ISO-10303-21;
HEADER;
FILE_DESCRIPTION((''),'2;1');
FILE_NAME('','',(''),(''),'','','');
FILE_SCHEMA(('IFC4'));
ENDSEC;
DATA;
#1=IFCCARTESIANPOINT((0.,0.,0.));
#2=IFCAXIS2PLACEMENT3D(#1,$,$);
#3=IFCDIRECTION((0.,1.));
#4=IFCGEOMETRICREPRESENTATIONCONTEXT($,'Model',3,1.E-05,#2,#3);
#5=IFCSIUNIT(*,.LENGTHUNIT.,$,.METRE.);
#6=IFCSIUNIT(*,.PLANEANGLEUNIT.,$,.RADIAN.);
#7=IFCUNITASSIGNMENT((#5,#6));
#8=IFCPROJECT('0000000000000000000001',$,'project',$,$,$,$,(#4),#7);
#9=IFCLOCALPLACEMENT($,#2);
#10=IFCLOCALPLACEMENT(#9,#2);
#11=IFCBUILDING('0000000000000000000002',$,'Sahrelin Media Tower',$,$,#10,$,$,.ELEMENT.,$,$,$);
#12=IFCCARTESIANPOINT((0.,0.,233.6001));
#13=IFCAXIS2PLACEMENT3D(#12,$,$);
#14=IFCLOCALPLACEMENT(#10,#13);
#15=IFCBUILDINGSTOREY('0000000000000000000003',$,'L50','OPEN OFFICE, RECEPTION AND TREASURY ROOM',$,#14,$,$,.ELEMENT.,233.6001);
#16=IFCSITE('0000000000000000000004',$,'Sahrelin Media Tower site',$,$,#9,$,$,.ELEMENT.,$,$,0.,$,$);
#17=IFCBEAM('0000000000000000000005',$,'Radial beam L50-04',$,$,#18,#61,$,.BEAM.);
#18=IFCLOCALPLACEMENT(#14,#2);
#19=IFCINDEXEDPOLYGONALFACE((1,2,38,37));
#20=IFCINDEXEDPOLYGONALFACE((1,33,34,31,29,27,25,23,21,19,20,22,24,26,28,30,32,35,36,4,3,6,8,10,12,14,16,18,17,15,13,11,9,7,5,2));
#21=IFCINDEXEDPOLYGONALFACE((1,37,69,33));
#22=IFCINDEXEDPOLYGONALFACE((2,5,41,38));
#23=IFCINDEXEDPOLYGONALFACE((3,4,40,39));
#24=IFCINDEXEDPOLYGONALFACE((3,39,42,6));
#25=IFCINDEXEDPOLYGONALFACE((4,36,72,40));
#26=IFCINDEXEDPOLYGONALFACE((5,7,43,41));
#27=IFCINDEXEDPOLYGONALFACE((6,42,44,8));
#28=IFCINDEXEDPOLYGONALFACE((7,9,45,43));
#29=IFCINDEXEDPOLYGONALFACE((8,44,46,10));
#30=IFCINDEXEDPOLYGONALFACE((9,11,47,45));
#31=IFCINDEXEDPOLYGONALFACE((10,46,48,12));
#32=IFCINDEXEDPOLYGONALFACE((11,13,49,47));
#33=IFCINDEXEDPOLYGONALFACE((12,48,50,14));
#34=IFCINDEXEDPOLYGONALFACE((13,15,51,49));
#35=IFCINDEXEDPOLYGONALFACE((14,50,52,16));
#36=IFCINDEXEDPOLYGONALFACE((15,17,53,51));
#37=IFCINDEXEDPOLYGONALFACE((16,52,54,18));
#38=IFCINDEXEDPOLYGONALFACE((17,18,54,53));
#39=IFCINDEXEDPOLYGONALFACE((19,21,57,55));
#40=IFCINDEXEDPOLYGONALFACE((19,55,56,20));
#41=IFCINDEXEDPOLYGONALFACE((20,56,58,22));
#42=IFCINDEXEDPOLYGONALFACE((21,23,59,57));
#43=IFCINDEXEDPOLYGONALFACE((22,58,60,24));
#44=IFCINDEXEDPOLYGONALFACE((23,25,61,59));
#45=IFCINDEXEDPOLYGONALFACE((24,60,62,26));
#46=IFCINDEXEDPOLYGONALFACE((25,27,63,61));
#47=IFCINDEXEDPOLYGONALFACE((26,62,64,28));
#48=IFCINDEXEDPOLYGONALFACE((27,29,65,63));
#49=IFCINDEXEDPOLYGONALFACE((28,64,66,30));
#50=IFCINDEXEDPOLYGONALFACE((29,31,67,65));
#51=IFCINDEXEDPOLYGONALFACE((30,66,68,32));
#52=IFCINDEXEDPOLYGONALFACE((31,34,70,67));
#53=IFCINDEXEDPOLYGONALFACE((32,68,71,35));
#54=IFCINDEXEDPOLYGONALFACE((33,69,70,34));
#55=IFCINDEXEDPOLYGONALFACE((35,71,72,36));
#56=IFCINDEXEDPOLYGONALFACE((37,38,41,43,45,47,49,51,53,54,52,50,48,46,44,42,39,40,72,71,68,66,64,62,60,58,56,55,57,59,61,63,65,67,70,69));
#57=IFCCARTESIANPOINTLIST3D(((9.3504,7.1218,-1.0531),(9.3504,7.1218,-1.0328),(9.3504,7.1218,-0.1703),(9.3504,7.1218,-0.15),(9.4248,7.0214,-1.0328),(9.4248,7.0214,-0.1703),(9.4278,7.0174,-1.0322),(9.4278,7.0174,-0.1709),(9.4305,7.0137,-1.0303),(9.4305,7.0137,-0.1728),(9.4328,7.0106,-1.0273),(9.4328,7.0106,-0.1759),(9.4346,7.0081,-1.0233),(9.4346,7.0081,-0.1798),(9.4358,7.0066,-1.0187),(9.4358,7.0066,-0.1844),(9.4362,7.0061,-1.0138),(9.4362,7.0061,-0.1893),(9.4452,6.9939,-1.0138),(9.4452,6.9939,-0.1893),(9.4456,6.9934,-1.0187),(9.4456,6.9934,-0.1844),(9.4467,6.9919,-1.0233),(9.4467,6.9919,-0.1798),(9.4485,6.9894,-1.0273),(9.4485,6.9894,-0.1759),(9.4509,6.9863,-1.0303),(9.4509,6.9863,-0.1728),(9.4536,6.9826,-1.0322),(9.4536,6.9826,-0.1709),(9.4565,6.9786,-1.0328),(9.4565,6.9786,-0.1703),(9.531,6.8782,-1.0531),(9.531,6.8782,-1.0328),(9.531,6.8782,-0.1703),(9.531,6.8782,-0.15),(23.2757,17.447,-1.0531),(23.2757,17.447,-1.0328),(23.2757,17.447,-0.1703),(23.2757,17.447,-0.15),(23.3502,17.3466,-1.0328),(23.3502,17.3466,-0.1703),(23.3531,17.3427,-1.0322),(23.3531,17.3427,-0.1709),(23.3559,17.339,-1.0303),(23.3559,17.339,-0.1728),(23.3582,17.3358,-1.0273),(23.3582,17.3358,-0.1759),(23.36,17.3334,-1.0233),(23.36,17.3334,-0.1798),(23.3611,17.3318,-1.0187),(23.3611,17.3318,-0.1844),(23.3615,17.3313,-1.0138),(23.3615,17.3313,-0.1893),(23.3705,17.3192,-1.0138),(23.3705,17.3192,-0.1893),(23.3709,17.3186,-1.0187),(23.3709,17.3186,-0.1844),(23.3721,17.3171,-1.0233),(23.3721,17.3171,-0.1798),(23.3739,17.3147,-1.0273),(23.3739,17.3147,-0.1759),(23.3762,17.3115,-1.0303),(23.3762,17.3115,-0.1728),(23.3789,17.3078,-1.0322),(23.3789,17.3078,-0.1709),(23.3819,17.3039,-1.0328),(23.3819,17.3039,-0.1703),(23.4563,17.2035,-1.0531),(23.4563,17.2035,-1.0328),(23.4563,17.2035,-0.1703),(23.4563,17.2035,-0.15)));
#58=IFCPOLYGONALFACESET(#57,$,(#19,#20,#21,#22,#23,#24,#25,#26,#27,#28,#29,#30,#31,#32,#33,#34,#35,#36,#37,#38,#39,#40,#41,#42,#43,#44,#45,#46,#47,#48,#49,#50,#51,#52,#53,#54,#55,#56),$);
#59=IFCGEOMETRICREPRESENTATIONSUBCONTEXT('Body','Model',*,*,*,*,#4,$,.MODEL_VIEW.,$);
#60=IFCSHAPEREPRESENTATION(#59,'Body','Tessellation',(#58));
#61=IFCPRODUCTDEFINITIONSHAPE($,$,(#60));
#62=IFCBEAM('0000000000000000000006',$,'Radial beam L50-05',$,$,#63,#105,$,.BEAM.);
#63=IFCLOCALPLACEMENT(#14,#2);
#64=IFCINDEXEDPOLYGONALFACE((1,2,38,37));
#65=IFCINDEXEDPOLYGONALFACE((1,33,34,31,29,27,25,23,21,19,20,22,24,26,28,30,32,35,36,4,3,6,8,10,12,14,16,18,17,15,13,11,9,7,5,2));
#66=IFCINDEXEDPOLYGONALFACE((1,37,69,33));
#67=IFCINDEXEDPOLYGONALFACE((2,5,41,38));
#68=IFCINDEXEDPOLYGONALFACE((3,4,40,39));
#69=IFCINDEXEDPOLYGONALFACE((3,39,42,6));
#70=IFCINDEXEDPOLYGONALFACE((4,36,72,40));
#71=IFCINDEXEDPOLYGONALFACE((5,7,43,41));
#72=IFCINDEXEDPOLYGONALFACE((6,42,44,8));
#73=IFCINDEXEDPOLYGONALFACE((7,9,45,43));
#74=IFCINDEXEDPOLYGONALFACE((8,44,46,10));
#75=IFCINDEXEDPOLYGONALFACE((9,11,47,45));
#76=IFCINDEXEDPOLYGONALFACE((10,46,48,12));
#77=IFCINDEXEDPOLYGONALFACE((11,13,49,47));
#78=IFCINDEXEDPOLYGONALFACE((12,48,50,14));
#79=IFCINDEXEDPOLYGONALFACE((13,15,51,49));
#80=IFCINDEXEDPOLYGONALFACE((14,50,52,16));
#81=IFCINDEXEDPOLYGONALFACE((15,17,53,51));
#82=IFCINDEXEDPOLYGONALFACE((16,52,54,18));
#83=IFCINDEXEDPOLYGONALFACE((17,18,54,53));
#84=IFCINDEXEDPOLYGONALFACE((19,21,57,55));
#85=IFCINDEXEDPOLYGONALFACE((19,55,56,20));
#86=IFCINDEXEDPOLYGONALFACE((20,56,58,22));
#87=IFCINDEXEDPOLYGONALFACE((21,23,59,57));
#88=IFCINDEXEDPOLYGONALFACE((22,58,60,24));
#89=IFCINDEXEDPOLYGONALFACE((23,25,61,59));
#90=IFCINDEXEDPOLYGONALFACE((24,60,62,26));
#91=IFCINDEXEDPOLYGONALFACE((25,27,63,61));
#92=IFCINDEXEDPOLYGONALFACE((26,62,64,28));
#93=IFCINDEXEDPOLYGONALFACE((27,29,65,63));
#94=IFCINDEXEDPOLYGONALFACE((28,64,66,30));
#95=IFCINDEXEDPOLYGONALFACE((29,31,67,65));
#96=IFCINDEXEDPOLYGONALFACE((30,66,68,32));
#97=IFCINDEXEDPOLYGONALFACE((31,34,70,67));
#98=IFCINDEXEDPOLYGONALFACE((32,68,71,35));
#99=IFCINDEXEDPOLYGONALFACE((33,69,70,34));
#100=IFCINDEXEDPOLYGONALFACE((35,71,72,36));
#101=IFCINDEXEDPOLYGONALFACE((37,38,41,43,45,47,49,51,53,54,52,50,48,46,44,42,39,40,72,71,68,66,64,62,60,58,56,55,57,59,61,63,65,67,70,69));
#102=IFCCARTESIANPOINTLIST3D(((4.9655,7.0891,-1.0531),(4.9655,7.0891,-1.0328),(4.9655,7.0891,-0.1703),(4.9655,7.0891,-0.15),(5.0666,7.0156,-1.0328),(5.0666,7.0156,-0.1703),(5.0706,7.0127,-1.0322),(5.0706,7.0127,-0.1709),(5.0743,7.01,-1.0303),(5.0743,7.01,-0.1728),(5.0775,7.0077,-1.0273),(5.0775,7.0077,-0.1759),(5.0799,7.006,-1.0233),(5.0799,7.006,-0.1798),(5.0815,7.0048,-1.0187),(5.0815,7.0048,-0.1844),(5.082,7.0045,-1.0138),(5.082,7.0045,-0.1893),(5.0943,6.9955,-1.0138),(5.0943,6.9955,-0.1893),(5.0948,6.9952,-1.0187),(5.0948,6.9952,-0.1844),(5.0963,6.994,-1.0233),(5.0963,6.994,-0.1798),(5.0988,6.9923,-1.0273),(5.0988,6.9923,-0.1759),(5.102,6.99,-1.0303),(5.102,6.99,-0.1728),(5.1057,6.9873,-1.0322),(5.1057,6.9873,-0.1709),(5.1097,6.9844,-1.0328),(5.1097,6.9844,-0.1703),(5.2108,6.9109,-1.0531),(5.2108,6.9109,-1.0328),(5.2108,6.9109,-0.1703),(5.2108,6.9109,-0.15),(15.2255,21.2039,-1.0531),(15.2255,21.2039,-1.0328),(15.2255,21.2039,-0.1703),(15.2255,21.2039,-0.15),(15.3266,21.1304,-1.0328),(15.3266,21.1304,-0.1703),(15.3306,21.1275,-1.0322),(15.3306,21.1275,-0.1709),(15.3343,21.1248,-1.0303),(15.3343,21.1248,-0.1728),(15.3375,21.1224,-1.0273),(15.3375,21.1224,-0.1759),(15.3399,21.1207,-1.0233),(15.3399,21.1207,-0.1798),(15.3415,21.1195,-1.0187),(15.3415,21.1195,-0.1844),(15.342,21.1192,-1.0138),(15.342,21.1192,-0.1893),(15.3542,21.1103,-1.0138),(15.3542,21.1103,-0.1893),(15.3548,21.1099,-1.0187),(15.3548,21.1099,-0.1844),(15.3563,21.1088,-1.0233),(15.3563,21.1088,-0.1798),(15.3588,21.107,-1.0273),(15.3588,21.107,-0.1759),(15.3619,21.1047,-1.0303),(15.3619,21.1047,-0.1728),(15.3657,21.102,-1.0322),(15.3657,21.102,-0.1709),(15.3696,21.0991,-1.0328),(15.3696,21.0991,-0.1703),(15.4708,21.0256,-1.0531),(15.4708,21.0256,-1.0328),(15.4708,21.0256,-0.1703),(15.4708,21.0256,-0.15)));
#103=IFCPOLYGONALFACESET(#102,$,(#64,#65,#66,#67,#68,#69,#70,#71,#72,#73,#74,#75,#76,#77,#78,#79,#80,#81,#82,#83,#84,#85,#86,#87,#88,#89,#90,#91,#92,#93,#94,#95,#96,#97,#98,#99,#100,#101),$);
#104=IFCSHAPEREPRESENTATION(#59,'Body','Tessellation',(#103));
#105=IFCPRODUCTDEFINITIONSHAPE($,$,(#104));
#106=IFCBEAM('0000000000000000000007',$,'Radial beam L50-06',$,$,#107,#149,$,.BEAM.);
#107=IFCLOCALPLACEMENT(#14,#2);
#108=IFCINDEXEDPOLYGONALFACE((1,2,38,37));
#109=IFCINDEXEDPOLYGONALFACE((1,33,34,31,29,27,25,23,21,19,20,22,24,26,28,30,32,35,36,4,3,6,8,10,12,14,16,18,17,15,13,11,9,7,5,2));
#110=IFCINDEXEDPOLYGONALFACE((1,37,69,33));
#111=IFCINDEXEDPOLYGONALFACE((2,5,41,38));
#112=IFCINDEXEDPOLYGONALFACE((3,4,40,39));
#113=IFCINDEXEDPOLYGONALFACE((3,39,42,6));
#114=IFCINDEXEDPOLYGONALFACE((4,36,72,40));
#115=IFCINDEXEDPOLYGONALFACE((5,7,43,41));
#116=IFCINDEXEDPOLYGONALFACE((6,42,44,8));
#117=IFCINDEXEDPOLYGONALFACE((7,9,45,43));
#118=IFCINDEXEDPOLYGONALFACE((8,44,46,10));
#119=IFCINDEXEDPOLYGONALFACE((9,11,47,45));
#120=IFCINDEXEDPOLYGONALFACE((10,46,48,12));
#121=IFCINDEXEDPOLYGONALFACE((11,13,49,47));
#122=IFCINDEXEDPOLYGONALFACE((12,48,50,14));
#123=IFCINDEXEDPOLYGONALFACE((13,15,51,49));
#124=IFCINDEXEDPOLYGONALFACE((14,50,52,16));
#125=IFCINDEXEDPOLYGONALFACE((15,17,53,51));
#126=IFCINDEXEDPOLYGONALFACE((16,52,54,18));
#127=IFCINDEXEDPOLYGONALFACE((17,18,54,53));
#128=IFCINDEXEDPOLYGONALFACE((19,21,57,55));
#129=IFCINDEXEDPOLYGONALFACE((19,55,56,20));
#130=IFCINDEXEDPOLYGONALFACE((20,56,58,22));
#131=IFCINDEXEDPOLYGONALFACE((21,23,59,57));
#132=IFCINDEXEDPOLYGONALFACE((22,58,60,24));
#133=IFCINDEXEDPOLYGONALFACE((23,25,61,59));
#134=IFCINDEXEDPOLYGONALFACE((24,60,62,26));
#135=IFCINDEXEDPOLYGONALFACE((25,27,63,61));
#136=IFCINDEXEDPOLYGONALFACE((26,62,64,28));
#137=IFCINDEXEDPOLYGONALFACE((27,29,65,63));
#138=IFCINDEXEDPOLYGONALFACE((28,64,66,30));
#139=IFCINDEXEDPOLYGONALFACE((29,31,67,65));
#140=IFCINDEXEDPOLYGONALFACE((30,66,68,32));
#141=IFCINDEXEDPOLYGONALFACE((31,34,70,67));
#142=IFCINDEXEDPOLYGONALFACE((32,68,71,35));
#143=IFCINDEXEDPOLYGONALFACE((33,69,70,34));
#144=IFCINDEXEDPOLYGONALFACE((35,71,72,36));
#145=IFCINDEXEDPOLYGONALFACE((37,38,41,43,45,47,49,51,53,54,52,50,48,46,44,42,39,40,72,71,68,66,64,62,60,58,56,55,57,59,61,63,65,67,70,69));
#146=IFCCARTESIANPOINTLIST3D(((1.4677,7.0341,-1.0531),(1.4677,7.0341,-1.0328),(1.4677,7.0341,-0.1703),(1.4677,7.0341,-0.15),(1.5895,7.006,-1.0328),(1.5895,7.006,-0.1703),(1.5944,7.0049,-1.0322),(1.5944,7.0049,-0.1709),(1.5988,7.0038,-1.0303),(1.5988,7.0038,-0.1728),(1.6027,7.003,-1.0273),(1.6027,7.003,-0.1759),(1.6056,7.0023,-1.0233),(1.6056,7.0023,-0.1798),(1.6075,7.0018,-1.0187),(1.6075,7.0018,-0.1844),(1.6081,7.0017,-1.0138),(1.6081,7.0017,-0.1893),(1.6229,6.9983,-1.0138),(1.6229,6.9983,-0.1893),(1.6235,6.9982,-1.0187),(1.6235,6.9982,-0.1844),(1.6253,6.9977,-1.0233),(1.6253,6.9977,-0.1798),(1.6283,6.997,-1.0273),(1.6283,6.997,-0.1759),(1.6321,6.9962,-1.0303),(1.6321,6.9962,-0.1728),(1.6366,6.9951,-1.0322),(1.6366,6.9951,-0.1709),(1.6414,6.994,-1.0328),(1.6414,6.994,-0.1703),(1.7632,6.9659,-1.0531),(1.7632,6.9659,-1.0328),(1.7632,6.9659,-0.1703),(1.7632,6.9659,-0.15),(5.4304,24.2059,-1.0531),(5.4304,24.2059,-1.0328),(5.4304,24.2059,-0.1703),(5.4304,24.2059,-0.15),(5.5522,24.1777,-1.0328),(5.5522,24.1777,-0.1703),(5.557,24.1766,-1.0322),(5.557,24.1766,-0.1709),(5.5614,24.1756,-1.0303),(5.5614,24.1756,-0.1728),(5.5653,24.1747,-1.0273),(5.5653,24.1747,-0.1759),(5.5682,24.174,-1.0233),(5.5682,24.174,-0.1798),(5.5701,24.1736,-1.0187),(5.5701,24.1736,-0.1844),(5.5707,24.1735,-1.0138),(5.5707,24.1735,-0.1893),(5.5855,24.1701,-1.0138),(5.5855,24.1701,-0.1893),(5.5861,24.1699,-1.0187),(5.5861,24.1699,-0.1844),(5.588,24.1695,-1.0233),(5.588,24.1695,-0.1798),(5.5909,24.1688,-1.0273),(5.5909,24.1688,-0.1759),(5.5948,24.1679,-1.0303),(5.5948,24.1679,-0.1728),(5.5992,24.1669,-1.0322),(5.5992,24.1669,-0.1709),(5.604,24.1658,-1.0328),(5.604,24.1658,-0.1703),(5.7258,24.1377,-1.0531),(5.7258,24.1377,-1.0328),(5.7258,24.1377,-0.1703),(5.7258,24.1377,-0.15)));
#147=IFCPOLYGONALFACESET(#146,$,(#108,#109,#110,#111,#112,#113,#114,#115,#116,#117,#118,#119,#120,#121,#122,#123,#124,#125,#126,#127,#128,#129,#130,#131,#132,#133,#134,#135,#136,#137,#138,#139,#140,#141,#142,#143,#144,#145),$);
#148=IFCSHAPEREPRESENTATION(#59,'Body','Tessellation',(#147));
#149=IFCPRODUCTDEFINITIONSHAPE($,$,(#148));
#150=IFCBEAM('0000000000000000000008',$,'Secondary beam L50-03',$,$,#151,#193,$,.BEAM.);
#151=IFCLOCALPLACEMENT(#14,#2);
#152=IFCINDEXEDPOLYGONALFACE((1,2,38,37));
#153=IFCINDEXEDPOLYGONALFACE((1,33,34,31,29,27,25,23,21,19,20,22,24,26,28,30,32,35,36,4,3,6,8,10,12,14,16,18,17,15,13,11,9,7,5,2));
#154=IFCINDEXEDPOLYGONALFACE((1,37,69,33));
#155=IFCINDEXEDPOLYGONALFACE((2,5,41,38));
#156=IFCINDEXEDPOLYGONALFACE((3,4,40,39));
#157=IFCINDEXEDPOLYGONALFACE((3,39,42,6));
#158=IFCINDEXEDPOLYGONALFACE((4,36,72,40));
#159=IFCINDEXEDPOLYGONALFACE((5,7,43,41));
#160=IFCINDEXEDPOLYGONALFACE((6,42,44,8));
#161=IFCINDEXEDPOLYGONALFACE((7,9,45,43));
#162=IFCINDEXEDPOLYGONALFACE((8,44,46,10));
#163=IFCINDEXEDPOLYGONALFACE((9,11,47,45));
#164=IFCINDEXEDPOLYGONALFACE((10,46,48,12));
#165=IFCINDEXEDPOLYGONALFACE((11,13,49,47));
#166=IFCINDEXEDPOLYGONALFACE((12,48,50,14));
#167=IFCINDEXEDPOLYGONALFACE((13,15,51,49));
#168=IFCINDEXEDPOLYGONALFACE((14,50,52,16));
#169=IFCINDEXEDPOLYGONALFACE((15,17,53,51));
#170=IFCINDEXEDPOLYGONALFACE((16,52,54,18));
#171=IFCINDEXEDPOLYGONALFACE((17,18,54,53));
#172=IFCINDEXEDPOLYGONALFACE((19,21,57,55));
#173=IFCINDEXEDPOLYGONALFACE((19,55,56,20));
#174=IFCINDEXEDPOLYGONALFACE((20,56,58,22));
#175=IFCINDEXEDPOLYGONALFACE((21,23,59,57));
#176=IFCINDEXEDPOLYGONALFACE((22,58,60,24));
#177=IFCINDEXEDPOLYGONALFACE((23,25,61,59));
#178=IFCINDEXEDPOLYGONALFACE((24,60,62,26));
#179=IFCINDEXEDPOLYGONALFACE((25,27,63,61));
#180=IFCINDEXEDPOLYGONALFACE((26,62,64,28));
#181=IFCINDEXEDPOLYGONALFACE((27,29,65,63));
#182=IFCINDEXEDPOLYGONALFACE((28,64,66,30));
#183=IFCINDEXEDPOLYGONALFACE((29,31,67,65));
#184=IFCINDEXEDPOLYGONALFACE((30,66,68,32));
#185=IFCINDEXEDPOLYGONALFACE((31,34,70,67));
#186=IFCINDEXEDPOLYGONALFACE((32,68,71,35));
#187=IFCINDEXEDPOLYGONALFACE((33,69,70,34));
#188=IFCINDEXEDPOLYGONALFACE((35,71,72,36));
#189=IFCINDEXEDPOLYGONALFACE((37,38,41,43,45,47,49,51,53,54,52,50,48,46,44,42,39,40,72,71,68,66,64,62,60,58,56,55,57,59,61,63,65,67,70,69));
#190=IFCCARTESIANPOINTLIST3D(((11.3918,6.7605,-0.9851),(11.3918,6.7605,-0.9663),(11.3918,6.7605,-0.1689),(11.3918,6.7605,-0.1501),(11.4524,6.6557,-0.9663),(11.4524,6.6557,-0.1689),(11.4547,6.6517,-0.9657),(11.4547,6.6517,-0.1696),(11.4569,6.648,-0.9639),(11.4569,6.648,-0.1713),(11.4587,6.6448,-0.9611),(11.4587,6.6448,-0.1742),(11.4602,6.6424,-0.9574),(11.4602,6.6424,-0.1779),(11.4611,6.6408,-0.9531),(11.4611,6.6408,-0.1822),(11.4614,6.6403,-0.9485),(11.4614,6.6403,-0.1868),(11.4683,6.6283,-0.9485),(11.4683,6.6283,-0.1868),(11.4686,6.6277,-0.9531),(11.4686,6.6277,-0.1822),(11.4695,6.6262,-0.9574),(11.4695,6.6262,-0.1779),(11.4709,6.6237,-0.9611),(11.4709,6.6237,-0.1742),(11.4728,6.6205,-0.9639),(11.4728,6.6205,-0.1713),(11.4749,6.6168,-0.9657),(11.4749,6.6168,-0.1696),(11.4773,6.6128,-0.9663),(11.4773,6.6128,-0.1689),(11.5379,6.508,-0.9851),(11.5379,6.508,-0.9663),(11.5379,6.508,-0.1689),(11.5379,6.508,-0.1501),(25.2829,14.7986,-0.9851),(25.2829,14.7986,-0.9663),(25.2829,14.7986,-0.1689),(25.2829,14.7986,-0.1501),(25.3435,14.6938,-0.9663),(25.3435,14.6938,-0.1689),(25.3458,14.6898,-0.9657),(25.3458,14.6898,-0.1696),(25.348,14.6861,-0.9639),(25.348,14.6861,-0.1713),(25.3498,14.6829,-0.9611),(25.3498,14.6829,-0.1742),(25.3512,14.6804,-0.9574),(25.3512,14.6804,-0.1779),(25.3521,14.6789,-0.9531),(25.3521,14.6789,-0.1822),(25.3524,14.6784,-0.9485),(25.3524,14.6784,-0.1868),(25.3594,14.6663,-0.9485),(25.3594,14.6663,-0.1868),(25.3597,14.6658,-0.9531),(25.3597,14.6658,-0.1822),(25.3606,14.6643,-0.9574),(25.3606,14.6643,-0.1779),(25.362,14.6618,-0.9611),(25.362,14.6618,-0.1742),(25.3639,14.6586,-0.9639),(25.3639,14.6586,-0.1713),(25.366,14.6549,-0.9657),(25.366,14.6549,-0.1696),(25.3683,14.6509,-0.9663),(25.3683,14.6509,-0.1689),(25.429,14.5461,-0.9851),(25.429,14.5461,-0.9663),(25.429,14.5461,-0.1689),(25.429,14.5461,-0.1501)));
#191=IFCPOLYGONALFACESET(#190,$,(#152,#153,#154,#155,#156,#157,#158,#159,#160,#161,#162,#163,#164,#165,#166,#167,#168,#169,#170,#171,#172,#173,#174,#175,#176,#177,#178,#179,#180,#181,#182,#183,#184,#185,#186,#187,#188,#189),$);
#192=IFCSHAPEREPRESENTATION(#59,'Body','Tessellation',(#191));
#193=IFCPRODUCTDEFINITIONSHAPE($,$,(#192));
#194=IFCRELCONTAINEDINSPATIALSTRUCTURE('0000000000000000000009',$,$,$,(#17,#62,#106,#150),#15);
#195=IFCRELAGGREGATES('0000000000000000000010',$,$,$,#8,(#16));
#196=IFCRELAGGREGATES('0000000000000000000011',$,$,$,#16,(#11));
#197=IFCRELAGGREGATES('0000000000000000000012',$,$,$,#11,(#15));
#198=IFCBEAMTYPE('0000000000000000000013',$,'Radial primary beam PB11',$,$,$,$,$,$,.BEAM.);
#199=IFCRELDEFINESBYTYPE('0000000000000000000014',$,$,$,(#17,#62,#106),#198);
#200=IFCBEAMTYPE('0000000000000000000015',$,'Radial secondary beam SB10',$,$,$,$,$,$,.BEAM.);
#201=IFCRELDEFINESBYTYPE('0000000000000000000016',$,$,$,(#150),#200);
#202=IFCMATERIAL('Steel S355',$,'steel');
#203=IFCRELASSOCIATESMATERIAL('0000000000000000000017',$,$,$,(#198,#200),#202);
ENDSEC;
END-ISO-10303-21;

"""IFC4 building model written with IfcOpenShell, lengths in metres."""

from ifc_helpers import new_model, si_unit, direction, frame, origin, origin_2d, place, context, subcontext, project, spatial, i_section, extrude, material, material_profile, profile_set, type_object, element, save


model = new_model("IFC4")

# Units and contexts
model_context = context("Model", 3, precision=1e-05, world=origin(), true_north=direction((0.0, 1.0)))
body_context = subcontext(model_context, "Body", "Model", "MODEL_VIEW")
ifc_project = project(units=[si_unit("LENGTHUNIT", "METRE"), si_unit("PLANEANGLEUNIT", "RADIAN")], contexts=[model_context])

# Site, building, storey
site_placement = place(None, origin())
site = spatial("IfcSite", under=ifc_project, at=site_placement, Name="Sahrelin Media Tower site", CompositionType="ELEMENT", RefElevation=0.0)
building_placement = place(site_placement, origin())
building = spatial("IfcBuilding", under=site, at=building_placement, Name="Sahrelin Media Tower", CompositionType="ELEMENT")
storey_placement = place(building_placement, frame((0.0, 0.0, 233.6001)))
storey = spatial("IfcBuildingStorey", under=building, at=storey_placement, Name="L50", Description="OPEN OFFICE, RECEPTION AND TREASURY ROOM", CompositionType="ELEMENT", Elevation=233.6001)

# Shared definitions
ifc_material_1 = material(Name="Steel S355", Category="steel")

# Beams
ifc_material_profile_1 = material_profile(ifc_material_1, i_section(OverallWidth=0.3032, OverallDepth=0.9031, WebThickness=0.0151, FlangeThickness=0.0203, FilletRadius=0.019, at=origin_2d()), Name="UB 914x305x201")
ifc_profile_set_1 = profile_set([ifc_material_profile_1], Name="Steel S355")
beam_type_1 = type_object("IfcBeamType", Name="Radial primary beam PB11", PredefinedType="BEAM", material=ifc_profile_set_1)
beam_1_placement = place(storey_placement, frame((9.4407, 7.0, -0.6016), z_axis=(0.803277, 0.595606, 0.0), x_axis=(-0.595606, 0.803277, 0.0)))
element("IfcBeam", 1, at=beam_1_placement, inside=storey, type_object=beam_type_1, Name="Radial beam L50-04", PredefinedType="BEAM", context=body_context, shape_type="SweptSolid", body=[
    extrude(i_section(OverallWidth=0.3032, OverallDepth=0.9031, WebThickness=0.0151, FlangeThickness=0.0203, FilletRadius=0.019, at=origin_2d()), origin(), (0.0, 0.0, 1.0), 17.3357),
])
beam_2_placement = place(storey_placement, frame((5.0881, 7.0, -0.6016), z_axis=(0.587975, 0.808879, 0.0), x_axis=(-0.808879, 0.587975, 0.0)))
element("IfcBeam", 2, at=beam_2_placement, inside=storey, type_object=beam_type_1, Name="Radial beam L50-05", PredefinedType="BEAM", context=body_context, shape_type="SweptSolid", body=[
    extrude(i_section(OverallWidth=0.3032, OverallDepth=0.9031, WebThickness=0.0151, FlangeThickness=0.0203, FilletRadius=0.019, at=origin_2d()), origin(), (0.0, 0.0, 1.0), 17.4497),
])
beam_3_placement = place(storey_placement, frame((1.6155, 7.0, -0.6016), z_axis=(0.224854, 0.974392, 0.0), x_axis=(-0.974392, 0.224854, 0.0)))
element("IfcBeam", 3, at=beam_3_placement, inside=storey, type_object=beam_type_1, Name="Radial beam L50-06", PredefinedType="BEAM", context=body_context, shape_type="SweptSolid", body=[
    extrude(i_section(OverallWidth=0.3032, OverallDepth=0.9031, WebThickness=0.0151, FlangeThickness=0.0203, FilletRadius=0.019, at=origin_2d()), origin(), (0.0, 0.0, 1.0), 17.623),
])
ifc_material_profile_2 = material_profile(ifc_material_1, i_section(OverallWidth=0.2917, OverallDepth=0.835, WebThickness=0.0139, FlangeThickness=0.0188, FilletRadius=0.0178, at=origin_2d()), Name="UB 838x292x176")
ifc_profile_set_2 = profile_set([ifc_material_profile_2], Name="Steel S355")
beam_type_2 = type_object("IfcBeamType", Name="Radial secondary beam SB10", PredefinedType="BEAM", material=ifc_profile_set_2)
beam_4_placement = place(storey_placement, frame((11.4648, 6.6343, -0.5676), z_axis=(0.865538, 0.500843, 0.0), x_axis=(-0.500843, 0.865538, 0.0)))
element("IfcBeam", 4, at=beam_4_placement, inside=storey, type_object=beam_type_2, Name="Secondary beam L50-03", PredefinedType="BEAM", context=body_context, shape_type="SweptSolid", body=[
    extrude(i_section(OverallWidth=0.2917, OverallDepth=0.835, WebThickness=0.0139, FlangeThickness=0.0188, FilletRadius=0.0178, at=origin_2d()), origin(), (0.0, 0.0, 1.0), 16.0491),
])

save(model, "model.ifc")
